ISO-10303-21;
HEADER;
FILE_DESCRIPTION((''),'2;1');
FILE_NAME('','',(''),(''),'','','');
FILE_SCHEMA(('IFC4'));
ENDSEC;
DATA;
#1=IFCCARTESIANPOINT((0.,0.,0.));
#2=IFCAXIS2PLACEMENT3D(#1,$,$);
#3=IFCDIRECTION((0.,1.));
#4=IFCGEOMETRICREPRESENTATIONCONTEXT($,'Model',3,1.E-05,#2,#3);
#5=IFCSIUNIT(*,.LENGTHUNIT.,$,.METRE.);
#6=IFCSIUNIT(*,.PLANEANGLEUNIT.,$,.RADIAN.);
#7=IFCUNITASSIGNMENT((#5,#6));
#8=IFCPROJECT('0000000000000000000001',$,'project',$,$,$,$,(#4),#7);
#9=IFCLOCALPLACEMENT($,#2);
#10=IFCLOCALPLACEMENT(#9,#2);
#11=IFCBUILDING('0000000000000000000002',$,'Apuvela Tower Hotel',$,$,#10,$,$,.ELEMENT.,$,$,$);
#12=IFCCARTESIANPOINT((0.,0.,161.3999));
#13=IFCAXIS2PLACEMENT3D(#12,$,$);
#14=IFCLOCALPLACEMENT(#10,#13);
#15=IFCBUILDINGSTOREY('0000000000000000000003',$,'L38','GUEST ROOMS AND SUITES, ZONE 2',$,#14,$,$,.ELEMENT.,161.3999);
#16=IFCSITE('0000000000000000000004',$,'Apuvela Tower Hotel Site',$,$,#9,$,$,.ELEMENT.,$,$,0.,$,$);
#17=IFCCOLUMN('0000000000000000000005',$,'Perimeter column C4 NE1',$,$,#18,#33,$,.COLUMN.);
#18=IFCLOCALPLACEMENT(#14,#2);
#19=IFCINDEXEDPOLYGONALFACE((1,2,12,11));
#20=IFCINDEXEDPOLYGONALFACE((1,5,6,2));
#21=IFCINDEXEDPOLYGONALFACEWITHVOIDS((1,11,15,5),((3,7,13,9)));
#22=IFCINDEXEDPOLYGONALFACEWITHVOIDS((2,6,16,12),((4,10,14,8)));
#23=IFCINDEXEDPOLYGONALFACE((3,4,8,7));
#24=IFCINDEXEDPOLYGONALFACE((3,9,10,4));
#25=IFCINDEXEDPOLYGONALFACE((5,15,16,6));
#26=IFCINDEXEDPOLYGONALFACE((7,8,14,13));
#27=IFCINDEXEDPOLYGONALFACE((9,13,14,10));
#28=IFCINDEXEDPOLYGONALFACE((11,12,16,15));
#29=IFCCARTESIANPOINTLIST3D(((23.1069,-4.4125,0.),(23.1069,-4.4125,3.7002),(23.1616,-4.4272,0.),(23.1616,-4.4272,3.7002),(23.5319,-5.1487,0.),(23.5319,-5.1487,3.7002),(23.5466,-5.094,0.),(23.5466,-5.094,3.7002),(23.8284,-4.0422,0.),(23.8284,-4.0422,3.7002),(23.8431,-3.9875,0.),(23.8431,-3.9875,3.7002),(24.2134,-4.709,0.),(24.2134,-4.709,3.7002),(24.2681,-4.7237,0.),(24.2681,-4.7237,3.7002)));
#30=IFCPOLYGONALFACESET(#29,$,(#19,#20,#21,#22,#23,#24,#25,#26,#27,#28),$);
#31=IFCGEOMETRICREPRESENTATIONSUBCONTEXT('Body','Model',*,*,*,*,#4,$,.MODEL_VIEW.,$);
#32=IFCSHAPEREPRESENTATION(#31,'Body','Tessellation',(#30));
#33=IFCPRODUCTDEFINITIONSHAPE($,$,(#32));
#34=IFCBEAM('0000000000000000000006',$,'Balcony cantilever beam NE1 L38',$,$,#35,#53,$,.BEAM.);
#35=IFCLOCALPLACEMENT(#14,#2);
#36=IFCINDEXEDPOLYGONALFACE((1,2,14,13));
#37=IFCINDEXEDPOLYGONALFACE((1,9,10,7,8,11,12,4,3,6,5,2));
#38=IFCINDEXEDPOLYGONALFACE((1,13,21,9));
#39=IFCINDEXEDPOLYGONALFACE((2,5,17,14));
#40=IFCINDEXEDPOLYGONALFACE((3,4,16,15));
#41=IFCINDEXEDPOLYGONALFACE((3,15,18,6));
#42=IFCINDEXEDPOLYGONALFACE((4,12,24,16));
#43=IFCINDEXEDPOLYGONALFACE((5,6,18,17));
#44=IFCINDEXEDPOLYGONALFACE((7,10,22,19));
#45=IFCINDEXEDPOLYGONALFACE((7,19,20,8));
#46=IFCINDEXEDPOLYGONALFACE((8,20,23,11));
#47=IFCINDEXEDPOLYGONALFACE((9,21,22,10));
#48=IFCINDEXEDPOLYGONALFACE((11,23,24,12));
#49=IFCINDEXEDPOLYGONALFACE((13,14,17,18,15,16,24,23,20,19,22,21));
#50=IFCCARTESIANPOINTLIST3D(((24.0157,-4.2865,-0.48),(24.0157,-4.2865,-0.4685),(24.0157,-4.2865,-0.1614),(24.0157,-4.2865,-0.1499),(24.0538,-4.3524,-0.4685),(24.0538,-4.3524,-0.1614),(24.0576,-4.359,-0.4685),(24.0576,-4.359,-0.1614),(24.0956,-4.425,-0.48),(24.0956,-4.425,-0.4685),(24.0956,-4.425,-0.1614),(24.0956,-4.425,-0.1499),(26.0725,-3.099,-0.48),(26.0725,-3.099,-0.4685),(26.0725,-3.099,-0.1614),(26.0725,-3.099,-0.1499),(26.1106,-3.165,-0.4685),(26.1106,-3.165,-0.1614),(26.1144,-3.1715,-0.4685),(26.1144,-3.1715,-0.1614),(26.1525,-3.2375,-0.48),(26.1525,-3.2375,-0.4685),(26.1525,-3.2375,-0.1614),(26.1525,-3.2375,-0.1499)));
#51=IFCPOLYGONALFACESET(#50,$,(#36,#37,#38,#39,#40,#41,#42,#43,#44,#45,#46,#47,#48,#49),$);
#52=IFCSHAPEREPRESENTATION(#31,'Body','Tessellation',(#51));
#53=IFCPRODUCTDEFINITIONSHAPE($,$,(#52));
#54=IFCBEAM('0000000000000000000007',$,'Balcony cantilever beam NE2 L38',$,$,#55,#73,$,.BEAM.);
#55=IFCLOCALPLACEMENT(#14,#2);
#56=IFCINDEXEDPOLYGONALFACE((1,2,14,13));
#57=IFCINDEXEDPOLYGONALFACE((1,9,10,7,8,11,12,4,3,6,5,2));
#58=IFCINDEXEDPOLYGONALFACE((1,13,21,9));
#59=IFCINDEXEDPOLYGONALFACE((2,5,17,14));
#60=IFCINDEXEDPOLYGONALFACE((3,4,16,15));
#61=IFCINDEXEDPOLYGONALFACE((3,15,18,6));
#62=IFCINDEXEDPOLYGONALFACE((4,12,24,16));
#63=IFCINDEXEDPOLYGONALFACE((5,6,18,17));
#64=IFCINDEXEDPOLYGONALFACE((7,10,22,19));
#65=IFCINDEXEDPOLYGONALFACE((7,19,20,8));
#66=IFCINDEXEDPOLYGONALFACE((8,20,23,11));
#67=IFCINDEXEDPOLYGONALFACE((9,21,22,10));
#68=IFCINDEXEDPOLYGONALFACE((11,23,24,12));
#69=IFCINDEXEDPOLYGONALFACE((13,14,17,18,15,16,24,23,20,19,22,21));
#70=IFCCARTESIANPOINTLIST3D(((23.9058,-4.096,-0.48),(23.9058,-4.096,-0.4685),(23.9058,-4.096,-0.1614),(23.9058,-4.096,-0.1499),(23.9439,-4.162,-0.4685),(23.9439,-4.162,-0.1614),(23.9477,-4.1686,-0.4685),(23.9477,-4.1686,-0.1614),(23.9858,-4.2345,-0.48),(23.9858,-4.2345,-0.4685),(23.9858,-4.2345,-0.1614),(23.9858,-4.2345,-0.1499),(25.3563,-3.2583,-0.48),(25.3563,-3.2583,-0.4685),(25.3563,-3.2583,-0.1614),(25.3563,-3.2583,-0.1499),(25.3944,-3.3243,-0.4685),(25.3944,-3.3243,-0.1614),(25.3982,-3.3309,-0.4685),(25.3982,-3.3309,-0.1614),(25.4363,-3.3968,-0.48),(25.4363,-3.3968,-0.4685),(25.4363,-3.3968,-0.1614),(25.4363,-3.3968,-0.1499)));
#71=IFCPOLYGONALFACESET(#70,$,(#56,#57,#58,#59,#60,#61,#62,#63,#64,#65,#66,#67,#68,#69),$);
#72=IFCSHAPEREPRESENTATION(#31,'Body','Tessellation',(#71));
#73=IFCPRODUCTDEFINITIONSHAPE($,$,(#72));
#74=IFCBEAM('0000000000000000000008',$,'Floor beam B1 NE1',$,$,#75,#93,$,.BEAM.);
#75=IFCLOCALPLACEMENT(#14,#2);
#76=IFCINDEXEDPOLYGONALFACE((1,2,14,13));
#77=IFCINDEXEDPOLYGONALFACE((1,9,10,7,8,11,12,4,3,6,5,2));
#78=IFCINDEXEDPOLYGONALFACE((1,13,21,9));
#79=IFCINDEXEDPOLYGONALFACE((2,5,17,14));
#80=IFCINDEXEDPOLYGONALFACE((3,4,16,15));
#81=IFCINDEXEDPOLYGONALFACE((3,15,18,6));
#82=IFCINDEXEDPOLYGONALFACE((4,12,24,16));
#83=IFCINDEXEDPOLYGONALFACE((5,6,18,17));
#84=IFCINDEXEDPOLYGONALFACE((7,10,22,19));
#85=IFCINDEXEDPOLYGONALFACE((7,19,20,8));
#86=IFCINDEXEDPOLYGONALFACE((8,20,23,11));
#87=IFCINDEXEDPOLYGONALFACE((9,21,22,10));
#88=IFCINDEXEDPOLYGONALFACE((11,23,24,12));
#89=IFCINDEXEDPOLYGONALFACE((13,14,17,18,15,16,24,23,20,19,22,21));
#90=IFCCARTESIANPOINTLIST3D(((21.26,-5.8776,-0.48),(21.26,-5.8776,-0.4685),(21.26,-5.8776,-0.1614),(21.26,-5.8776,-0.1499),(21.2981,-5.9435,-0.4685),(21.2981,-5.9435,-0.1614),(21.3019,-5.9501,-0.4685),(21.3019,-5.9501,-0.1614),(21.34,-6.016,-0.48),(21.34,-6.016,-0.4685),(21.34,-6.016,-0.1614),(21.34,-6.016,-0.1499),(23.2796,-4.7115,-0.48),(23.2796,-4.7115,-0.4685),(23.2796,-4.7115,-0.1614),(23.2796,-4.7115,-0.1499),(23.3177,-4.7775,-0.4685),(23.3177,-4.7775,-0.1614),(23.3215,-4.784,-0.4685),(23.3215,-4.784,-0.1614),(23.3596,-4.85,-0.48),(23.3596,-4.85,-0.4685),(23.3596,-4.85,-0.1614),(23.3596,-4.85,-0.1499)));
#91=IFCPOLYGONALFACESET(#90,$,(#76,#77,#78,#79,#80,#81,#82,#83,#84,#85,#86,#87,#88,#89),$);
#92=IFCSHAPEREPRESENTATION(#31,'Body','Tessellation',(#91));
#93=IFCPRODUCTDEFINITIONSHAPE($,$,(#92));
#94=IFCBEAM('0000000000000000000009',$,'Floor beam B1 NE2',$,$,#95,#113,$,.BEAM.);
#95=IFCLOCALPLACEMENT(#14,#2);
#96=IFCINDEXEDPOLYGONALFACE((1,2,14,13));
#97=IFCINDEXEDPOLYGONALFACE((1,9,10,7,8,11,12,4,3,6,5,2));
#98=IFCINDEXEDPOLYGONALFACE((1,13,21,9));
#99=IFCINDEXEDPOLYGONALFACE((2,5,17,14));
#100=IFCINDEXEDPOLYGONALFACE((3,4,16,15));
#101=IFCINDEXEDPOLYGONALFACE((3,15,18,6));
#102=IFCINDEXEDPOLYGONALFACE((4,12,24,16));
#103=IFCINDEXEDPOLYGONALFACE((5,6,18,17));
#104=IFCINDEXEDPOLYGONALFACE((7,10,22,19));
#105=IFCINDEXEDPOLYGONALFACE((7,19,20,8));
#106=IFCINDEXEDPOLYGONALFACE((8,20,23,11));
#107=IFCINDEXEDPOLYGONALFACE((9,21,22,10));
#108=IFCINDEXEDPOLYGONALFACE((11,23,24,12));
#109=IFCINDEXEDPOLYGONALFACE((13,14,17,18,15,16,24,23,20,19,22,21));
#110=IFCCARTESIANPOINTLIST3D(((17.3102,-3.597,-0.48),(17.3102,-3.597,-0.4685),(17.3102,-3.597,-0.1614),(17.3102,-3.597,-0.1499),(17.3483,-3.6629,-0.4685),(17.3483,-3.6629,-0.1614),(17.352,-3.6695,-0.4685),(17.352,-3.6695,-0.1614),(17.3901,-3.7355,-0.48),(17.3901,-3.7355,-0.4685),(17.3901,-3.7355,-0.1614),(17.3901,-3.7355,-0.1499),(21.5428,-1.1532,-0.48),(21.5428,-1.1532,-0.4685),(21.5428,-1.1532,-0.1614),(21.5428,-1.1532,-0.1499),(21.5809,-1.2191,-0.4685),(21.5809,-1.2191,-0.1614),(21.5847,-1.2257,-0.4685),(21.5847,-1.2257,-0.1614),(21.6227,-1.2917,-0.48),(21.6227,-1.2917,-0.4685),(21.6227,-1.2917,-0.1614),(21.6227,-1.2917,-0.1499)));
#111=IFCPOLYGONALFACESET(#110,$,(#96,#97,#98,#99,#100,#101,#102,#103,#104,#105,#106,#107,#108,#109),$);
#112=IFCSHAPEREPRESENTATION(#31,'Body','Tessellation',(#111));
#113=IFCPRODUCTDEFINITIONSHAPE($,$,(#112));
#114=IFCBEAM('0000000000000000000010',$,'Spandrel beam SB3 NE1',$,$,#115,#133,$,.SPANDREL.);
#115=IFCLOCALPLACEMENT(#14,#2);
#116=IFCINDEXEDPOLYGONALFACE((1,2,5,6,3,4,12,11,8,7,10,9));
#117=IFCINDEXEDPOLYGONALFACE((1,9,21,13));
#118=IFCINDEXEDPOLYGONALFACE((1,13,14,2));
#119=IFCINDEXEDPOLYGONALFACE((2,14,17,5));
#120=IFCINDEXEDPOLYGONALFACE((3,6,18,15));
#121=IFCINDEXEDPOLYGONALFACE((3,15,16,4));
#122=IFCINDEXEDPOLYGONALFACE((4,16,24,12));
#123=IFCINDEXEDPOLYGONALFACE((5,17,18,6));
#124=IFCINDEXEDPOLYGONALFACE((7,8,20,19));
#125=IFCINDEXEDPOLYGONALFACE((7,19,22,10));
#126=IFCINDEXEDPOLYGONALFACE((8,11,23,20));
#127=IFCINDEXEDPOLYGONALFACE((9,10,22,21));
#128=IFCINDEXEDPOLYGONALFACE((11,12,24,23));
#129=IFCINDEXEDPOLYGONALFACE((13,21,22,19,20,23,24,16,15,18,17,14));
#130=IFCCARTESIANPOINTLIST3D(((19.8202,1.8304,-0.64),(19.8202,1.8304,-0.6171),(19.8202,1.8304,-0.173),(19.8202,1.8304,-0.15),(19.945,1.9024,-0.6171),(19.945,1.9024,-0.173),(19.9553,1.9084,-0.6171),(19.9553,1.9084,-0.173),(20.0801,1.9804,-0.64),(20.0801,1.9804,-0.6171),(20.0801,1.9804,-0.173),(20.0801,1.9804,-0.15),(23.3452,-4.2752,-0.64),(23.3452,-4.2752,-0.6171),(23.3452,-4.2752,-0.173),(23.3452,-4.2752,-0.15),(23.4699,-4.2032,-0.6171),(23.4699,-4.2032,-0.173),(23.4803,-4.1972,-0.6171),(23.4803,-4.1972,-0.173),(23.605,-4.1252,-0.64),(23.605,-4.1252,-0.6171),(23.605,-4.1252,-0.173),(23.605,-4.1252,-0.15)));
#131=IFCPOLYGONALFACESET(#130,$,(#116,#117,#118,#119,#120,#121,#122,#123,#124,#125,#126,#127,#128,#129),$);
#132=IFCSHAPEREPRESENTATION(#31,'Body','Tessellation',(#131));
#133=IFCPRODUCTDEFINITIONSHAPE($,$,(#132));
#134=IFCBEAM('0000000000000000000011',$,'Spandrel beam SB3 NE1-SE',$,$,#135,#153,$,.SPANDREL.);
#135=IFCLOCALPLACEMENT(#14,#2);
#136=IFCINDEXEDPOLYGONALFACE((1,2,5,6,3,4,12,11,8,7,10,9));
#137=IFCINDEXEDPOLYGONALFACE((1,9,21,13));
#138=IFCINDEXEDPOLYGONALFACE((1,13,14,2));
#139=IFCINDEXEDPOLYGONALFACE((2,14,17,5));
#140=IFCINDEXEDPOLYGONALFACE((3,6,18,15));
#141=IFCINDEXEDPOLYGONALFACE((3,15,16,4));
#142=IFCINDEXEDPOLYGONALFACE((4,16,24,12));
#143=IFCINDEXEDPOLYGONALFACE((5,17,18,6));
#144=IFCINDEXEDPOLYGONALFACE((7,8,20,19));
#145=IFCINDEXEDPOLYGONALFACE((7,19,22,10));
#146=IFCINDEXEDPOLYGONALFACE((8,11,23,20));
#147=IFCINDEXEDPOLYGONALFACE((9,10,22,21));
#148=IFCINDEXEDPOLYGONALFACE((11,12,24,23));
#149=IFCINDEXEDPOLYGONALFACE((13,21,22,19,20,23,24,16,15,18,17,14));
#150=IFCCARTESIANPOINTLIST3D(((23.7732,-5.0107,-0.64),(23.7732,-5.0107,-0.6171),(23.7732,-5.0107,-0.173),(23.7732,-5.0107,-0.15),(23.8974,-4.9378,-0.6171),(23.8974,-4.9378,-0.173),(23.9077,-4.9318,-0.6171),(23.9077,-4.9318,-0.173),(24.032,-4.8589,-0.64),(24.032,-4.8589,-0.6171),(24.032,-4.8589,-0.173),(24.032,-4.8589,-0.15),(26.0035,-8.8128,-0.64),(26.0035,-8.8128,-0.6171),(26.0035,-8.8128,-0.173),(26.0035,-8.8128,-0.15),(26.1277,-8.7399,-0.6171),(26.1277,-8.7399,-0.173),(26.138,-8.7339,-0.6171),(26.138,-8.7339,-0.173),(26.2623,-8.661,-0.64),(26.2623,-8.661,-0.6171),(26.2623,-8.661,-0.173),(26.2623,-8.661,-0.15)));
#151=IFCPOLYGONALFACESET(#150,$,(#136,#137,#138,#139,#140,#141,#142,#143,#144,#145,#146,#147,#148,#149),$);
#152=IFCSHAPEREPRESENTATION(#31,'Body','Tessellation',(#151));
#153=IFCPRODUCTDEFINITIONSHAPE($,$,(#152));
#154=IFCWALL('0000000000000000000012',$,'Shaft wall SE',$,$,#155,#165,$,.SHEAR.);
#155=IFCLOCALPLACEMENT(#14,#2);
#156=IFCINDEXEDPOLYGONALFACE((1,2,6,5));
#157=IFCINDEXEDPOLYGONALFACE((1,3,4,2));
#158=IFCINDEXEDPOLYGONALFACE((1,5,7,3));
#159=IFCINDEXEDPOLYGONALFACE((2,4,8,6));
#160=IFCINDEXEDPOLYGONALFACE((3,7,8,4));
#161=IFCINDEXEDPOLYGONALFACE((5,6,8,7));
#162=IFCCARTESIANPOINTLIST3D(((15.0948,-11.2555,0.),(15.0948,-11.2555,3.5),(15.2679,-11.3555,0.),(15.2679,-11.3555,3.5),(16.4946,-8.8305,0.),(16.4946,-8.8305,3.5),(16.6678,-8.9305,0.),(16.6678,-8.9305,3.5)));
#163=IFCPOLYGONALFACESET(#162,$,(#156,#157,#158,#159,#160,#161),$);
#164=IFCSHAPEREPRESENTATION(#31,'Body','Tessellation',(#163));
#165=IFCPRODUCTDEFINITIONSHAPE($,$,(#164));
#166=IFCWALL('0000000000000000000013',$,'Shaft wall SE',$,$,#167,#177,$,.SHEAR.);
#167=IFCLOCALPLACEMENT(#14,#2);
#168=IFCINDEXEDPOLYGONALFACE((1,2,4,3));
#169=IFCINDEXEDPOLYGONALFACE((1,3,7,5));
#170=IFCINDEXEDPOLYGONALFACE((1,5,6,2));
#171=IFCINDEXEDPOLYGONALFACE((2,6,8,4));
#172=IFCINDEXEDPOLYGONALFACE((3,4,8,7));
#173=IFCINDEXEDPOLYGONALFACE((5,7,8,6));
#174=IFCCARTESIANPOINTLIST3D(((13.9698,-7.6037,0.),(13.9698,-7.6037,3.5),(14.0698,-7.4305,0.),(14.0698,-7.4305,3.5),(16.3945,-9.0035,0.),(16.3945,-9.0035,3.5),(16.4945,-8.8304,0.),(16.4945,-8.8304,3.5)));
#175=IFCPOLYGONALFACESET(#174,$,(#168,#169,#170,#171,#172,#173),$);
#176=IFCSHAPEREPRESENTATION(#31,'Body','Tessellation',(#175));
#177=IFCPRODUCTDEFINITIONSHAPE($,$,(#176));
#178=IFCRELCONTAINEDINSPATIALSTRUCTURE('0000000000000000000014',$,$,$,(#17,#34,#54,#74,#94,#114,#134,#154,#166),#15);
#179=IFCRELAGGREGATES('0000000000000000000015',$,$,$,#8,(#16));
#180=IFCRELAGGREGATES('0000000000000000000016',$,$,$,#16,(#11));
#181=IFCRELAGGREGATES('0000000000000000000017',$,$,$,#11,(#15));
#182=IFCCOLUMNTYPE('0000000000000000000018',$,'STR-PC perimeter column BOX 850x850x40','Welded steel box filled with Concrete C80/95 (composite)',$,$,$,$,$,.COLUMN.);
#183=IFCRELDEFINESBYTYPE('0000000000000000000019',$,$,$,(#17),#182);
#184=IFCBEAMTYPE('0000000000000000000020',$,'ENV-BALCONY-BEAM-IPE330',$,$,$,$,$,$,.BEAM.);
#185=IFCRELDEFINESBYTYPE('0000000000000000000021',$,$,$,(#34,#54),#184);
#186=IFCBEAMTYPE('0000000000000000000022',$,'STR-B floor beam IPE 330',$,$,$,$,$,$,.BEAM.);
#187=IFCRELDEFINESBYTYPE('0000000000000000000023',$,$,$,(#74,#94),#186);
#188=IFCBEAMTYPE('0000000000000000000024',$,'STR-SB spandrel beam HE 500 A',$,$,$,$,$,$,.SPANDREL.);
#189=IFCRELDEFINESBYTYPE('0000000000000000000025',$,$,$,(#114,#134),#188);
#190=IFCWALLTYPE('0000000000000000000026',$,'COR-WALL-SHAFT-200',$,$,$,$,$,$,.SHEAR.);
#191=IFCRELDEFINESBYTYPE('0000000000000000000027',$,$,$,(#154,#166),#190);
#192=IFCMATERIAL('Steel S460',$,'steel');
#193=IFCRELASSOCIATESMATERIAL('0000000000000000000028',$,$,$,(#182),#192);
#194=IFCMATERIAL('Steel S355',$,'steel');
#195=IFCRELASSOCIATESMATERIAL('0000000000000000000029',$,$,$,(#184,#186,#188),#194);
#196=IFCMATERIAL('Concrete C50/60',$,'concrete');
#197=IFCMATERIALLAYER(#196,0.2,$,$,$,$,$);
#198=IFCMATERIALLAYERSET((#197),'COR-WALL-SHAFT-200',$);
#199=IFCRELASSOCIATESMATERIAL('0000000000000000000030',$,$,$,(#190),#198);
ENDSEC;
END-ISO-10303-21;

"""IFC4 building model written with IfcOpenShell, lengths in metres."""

from ifc_helpers import new_model, si_unit, direction, frame, frame_2d, origin, origin_2d, place, context, subcontext, project, spatial, rectangle, hollow_rectangle, i_section, extrude, material, layer, layer_set, material_profile, profile_set, type_object, element, save


model = new_model("IFC4")

# Units and contexts
model_context = context("Model", 3, precision=1e-05, world=origin(), true_north=direction((0.0, 1.0)))
body_context = subcontext(model_context, "Body", "Model", "MODEL_VIEW")
ifc_project = project(units=[si_unit("LENGTHUNIT", "METRE"), si_unit("PLANEANGLEUNIT", "RADIAN")], contexts=[model_context])

# Site, building, storey
site_placement = place(None, origin())
site = spatial("IfcSite", under=ifc_project, at=site_placement, Name="Apuvela Tower Hotel Site", CompositionType="ELEMENT", RefElevation=0.0)
building_placement = place(site_placement, origin())
building = spatial("IfcBuilding", under=site, at=building_placement, Name="Apuvela Tower Hotel", CompositionType="ELEMENT")
storey_placement = place(building_placement, frame((0.0, 0.0, 161.3999)))
storey = spatial("IfcBuildingStorey", under=building, at=storey_placement, Name="L38", Description="GUEST ROOMS AND SUITES, ZONE 2", CompositionType="ELEMENT", Elevation=161.3999)

# Column
ifc_material_1 = material(Name="Steel S460", Category="steel")
ifc_material_profile_1 = material_profile(ifc_material_1, hollow_rectangle(XDim=0.8501, YDim=0.8501, WallThickness=0.04, at=origin_2d()), Name="BOX 850x850x40")
ifc_material_2 = material(Name="Concrete C80/95", Category="concrete")
ifc_material_profile_2 = material_profile(ifc_material_2, rectangle(XDim=0.77, YDim=0.77, at=origin_2d()), Name="Concrete C80/95 infill")
ifc_profile_set_1 = profile_set([ifc_material_profile_1, ifc_material_profile_2], Name="Steel S460")
column_type = type_object("IfcColumnType", Name="STR-PC perimeter column BOX 850x850x40", Description="Welded steel box filled with Concrete C80/95 (composite)", PredefinedType="COLUMN", material=ifc_profile_set_1)
column_placement = place(storey_placement, frame((23.6875, -4.5681, 0.0), z_axis=(0.0, 0.0, 1.0), x_axis=(-0.5, 0.866025, 0.0)))
element("IfcColumn", 1, at=column_placement, inside=storey, type_object=column_type, Name="Perimeter column C4 NE1", PredefinedType="COLUMN", context=body_context, shape_type="SweptSolid", body=[
    extrude(hollow_rectangle(XDim=0.8501, YDim=0.8501, WallThickness=0.04, at=origin_2d()), origin(), (0.0, 0.0, 1.0), 3.7002),
])

# Beams
ifc_material_3 = material(Name="Steel S355", Category="steel")
ifc_material_profile_3 = material_profile(ifc_material_3, i_section(OverallWidth=0.1599, OverallDepth=0.3301, WebThickness=0.0076, FlangeThickness=0.0115, at=origin_2d()), Name="IPE 330")
ifc_profile_set_2 = profile_set([ifc_material_profile_3], Name="Steel S355")
beam_type_1 = type_object("IfcBeamType", Name="ENV-BALCONY-BEAM-IPE330", PredefinedType="BEAM", material=ifc_profile_set_2)
beam_1_placement = place(storey_placement, frame((24.0557, -4.3557, -0.3149), z_axis=(0.866033, 0.499986, 0.0), x_axis=(-0.499986, 0.866033, 0.0)))
element("IfcBeam", 2, at=beam_1_placement, inside=storey, type_object=beam_type_1, Name="Balcony cantilever beam NE1 L38", PredefinedType="BEAM", context=body_context, shape_type="SweptSolid", body=[
    extrude(i_section(OverallWidth=0.1599, OverallDepth=0.3301, WebThickness=0.0076, FlangeThickness=0.0115, at=origin_2d()), origin(), (0.0, 0.0, 1.0), 2.375),
])
beam_2_placement = place(storey_placement, frame((23.9458, -4.1653, -0.3149), z_axis=(0.865965, 0.500105, 0.0), x_axis=(-0.500105, 0.865965, 0.0)))
element("IfcBeam", 3, at=beam_2_placement, inside=storey, type_object=beam_type_1, Name="Balcony cantilever beam NE2 L38", PredefinedType="BEAM", context=body_context, shape_type="SweptSolid", body=[
    extrude(i_section(OverallWidth=0.1599, OverallDepth=0.3301, WebThickness=0.0076, FlangeThickness=0.0115, at=origin_2d()), origin(), (0.0, 0.0, 1.0), 1.675),
])
ifc_material_profile_4 = material_profile(ifc_material_3, i_section(OverallWidth=0.1599, OverallDepth=0.3301, WebThickness=0.0076, FlangeThickness=0.0115, at=origin_2d()), Name="IPE 330")
ifc_profile_set_3 = profile_set([ifc_material_profile_4], Name="Steel S355")
beam_type_2 = type_object("IfcBeamType", Name="STR-B floor beam IPE 330", PredefinedType="BEAM", material=ifc_profile_set_3)
beam_3_placement = place(storey_placement, frame((23.3196, -4.7808, -0.3149), z_axis=(-0.866018, -0.500012, 0.0), x_axis=(0.500012, -0.866018, 0.0)))
element("IfcBeam", 4, at=beam_3_placement, inside=storey, type_object=beam_type_2, Name="Floor beam B1 NE1", PredefinedType="BEAM", context=body_context, shape_type="SweptSolid", body=[
    extrude(i_section(OverallWidth=0.1599, OverallDepth=0.3301, WebThickness=0.0076, FlangeThickness=0.0115, at=origin_2d()), origin(), (0.0, 0.0, 1.0), 2.332),
])
beam_4_placement = place(storey_placement, frame((21.5828, -1.2224, -0.3149), z_axis=(-0.866015, -0.500018, 0.0), x_axis=(0.500018, -0.866015, 0.0)))
element("IfcBeam", 5, at=beam_4_placement, inside=storey, type_object=beam_type_2, Name="Floor beam B1 NE2", PredefinedType="BEAM", context=body_context, shape_type="SweptSolid", body=[
    extrude(i_section(OverallWidth=0.1599, OverallDepth=0.3301, WebThickness=0.0076, FlangeThickness=0.0115, at=origin_2d()), origin(), (0.0, 0.0, 1.0), 4.8875),
])
ifc_material_profile_5 = material_profile(ifc_material_3, i_section(OverallWidth=0.3, OverallDepth=0.49, WebThickness=0.012, FlangeThickness=0.0229, at=origin_2d()), Name="HE 500 A")
ifc_profile_set_4 = profile_set([ifc_material_profile_5], Name="Steel S355")
beam_type_3 = type_object("IfcBeamType", Name="STR-SB spandrel beam HE 500 A", PredefinedType="SPANDREL", material=ifc_profile_set_4)
beam_5_placement = place(storey_placement, frame((23.4751, -4.2002, -0.395), z_axis=(-0.49999, 0.866031, 0.0), x_axis=(-0.866031, -0.49999, 0.0)))
element("IfcBeam", 6, at=beam_5_placement, inside=storey, type_object=beam_type_3, Name="Spandrel beam SB3 NE1", PredefinedType="SPANDREL", context=body_context, shape_type="SweptSolid", body=[
    extrude(i_section(OverallWidth=0.3, OverallDepth=0.49, WebThickness=0.012, FlangeThickness=0.0229, at=origin_2d()), origin(), (0.0, 0.0, 1.0), 7.05),
])
beam_6_placement = place(storey_placement, frame((23.9026, -4.9348, -0.395), z_axis=(0.505967, -0.862553, 0.0), x_axis=(0.862553, 0.505967, 0.0)))
element("IfcBeam", 7, at=beam_6_placement, inside=storey, type_object=beam_type_3, Name="Spandrel beam SB3 NE1-SE", PredefinedType="SPANDREL", context=body_context, shape_type="SweptSolid", body=[
    extrude(i_section(OverallWidth=0.3, OverallDepth=0.49, WebThickness=0.012, FlangeThickness=0.0229, at=origin_2d()), origin(), (0.0, 0.0, 1.0), 4.408),
])

# Walls
ifc_material_4 = material(Name="Concrete C50/60", Category="concrete")
ifc_layer_1 = layer(ifc_material_4, 0.2)
ifc_layer_set_1 = layer_set([ifc_layer_1], Name="COR-WALL-SHAFT-200")
wall_type_1 = type_object("IfcWallType", Name="COR-WALL-SHAFT-200", PredefinedType="SHEAR", material=ifc_layer_set_1)
wall_1_placement = place(storey_placement, frame((15.1814, -11.3054, 0.0), z_axis=(0.0, 0.0, 1.0), x_axis=(0.499946, 0.866056, 0.0)))
element("IfcWall", 8, at=wall_1_placement, inside=storey, type_object=wall_type_1, Name="Shaft wall SE", PredefinedType="SHEAR", context=body_context, shape_type="SweptSolid", body=[
    extrude(rectangle(XDim=2.8, YDim=0.2, at=frame_2d((1.3999, 0.0))), origin(), (0.0, 0.0, 1.0), 3.5),
])
wall_2_placement = place(storey_placement, frame((14.0198, -7.5171, 0.0), z_axis=(0.0, 0.0, 1.0), x_axis=(0.866035, -0.499984, 0.0)))
element("IfcWall", 9, at=wall_2_placement, inside=storey, type_object=wall_type_1, Name="Shaft wall SE", PredefinedType="SHEAR", context=body_context, shape_type="SweptSolid", body=[
    extrude(rectangle(XDim=2.7998, YDim=0.2, at=frame_2d((1.3999, 0.0))), origin(), (0.0, 0.0, 1.0), 3.5),
])

save(model, "model.ifc")
